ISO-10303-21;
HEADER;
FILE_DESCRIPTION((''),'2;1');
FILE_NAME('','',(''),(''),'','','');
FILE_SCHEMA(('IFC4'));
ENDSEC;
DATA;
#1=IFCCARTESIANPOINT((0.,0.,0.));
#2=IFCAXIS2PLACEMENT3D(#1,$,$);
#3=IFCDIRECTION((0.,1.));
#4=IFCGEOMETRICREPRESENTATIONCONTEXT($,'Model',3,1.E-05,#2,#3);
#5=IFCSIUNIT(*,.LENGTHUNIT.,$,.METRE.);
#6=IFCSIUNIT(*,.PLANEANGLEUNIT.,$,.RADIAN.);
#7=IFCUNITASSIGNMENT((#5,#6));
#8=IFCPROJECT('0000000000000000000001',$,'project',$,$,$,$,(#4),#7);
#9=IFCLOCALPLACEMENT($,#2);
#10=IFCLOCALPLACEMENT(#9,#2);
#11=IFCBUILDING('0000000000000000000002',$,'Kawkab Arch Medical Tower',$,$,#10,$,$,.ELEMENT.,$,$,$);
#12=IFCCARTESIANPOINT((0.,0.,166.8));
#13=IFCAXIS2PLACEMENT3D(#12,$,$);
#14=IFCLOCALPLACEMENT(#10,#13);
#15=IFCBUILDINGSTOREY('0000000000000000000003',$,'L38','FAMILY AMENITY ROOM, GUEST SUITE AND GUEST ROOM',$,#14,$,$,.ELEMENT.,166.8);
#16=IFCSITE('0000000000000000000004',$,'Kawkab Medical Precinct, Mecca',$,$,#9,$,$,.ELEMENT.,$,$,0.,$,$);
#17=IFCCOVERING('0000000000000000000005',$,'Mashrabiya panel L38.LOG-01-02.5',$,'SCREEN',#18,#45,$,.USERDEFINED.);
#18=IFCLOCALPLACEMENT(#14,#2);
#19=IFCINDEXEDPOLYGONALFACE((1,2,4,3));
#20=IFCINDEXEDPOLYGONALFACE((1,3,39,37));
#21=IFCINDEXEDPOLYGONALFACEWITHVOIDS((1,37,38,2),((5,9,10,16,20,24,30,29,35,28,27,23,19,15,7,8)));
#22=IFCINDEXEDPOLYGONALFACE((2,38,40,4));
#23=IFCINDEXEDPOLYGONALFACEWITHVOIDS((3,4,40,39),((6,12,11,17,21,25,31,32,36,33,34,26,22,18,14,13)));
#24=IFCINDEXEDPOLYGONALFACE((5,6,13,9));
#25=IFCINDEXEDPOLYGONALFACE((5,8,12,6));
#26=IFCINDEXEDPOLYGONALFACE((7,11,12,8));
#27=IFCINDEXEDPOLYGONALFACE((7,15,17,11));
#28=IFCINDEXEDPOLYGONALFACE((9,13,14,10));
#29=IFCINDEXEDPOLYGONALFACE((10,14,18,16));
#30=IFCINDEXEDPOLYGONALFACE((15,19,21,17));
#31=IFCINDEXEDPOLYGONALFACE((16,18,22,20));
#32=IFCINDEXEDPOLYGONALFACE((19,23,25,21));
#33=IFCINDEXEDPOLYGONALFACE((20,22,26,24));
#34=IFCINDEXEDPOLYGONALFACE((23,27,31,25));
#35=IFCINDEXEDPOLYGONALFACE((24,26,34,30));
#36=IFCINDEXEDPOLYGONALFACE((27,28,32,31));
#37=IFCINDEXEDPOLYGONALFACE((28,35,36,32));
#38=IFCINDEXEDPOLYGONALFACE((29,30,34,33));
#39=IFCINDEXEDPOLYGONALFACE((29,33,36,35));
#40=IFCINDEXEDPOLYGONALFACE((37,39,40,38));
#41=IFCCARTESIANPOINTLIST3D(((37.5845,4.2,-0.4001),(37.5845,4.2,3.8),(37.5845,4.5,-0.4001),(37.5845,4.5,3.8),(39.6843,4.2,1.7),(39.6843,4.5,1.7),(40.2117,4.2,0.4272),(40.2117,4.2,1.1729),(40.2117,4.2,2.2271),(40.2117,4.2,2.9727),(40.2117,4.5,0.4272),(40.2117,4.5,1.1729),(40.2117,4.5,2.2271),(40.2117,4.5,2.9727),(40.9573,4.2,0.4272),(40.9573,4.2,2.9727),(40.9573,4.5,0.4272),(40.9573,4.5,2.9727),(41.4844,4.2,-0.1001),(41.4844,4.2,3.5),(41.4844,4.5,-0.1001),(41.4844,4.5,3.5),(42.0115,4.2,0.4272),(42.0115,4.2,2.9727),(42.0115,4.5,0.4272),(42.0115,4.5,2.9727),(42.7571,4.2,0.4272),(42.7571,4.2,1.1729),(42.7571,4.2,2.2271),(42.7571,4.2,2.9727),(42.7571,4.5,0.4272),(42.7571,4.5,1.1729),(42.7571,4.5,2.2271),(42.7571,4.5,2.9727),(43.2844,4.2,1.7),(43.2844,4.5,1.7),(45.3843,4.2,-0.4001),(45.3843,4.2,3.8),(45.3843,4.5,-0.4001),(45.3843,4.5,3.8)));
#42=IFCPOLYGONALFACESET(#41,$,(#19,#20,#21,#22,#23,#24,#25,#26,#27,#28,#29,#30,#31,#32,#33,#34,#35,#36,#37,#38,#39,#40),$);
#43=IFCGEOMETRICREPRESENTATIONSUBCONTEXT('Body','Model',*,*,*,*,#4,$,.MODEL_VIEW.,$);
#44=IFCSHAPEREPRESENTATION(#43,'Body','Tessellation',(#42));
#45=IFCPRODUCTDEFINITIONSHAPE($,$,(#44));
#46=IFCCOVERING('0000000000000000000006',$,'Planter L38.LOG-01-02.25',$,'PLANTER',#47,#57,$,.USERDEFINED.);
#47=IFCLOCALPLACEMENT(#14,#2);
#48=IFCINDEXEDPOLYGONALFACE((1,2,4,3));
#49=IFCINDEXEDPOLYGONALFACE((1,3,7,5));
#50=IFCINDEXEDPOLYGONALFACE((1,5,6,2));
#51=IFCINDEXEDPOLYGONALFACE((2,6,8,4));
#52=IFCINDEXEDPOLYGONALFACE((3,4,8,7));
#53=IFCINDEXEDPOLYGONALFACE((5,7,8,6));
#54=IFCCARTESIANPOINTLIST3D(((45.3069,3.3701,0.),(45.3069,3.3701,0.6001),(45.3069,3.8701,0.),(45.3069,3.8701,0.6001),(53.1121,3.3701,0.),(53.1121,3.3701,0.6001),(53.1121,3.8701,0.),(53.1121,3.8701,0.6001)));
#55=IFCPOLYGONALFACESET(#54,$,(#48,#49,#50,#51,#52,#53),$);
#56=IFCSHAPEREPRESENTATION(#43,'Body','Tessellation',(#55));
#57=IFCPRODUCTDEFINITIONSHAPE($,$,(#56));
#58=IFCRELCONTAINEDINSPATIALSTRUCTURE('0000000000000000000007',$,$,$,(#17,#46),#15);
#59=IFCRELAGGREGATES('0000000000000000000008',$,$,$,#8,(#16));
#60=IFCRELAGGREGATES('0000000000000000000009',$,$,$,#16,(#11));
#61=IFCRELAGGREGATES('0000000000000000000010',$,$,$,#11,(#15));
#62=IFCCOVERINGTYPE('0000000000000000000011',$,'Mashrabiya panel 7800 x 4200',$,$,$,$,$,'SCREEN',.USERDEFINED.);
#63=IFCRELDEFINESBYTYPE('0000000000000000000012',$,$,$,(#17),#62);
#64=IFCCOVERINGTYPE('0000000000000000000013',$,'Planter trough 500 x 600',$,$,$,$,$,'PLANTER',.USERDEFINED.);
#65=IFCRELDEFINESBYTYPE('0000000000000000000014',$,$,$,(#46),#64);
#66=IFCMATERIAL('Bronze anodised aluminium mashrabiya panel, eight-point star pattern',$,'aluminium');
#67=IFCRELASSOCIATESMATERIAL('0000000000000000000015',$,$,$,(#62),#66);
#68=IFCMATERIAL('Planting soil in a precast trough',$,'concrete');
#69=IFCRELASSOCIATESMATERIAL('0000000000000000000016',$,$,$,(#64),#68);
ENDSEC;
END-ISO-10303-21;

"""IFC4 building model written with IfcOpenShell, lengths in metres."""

from ifc_helpers import new_model, si_unit, direction, frame, origin, origin_2d, place, context, subcontext, project, spatial, polyline, rectangle, outline, extrude, material, material_profile, profile_set, type_object, element, save


model = new_model("IFC4")

# Units and contexts
model_context = context("Model", 3, precision=1e-05, world=origin(), true_north=direction((0.0, 1.0)))
body_context = subcontext(model_context, "Body", "Model", "MODEL_VIEW")
ifc_project = project(units=[si_unit("LENGTHUNIT", "METRE"), si_unit("PLANEANGLEUNIT", "RADIAN")], contexts=[model_context])

# Site, building, storey
site_placement = place(None, origin())
site = spatial("IfcSite", under=ifc_project, at=site_placement, Name="Kawkab Medical Precinct, Mecca", CompositionType="ELEMENT", RefElevation=0.0)
building_placement = place(site_placement, origin())
building = spatial("IfcBuilding", under=site, at=building_placement, Name="Kawkab Arch Medical Tower", CompositionType="ELEMENT")
storey_placement = place(building_placement, frame((0.0, 0.0, 166.8)))
storey = spatial("IfcBuildingStorey", under=building, at=storey_placement, Name="L38", Description="FAMILY AMENITY ROOM, GUEST SUITE AND GUEST ROOM", CompositionType="ELEMENT", Elevation=166.8)

# Coverings
ifc_material_1 = material(Name="Bronze anodised aluminium mashrabiya panel, eight-point star pattern", Category="aluminium")
ifc_material_profile_1 = material_profile(ifc_material_1, outline(polyline([(-3.8999, -2.1001), (3.8999, -2.1001), (3.8999, 2.1001), (-3.8999, 2.1001), (-3.8999, -2.1001)]), holes=[polyline([(1.8, 0.0), (1.2727, 0.5271), (1.2727, 1.2727), (0.5271, 1.2727), (0.0, 1.8), (-0.5271, 1.2727), (-1.2727, 1.2727), (-1.2727, 0.5271), (-1.8, 0.0), (-1.2727, -0.5271), (-1.2727, -1.2727), (-0.5271, -1.2727), (0.0, -1.8), (0.5271, -1.2727), (1.2727, -1.2727), (1.2727, -0.5271), (1.8, 0.0)])]), Name="Mashrabiya panel 7800x4200")
ifc_profile_set_1 = profile_set([ifc_material_profile_1], Name="Bronze anodised aluminium mashrabiya panel, eight-point star pattern")
covering_type_1 = type_object("IfcCoveringType", Name="Mashrabiya panel 7800 x 4200", ElementType="SCREEN", PredefinedType="USERDEFINED", material=ifc_profile_set_1)
covering_1_placement = place(storey_placement, frame((41.4844, 4.2, 1.7), z_axis=(0.0, 1.0, 0.0), x_axis=(-1.0, 0.0, 0.0)))
element("IfcCovering", 1, at=covering_1_placement, inside=storey, type_object=covering_type_1, Name="Mashrabiya panel L38.LOG-01-02.5", ObjectType="SCREEN", PredefinedType="USERDEFINED", context=body_context, shape_type="SweptSolid", body=[
    extrude(outline(polyline([(-3.8999, -2.1001), (3.8999, -2.1001), (3.8999, 2.1001), (-3.8999, 2.1001), (-3.8999, -2.1001)]), holes=[polyline([(1.8, 0.0), (1.2727, 0.5271), (1.2727, 1.2727), (0.5271, 1.2727), (0.0, 1.8), (-0.5271, 1.2727), (-1.2727, 1.2727), (-1.2727, 0.5271), (-1.8, 0.0), (-1.2727, -0.5271), (-1.2727, -1.2727), (-0.5271, -1.2727), (0.0, -1.8), (0.5271, -1.2727), (1.2727, -1.2727), (1.2727, -0.5271), (1.8, 0.0)])]), origin(), (0.0, 0.0, 1.0), 0.3),
])
ifc_material_2 = material(Name="Planting soil in a precast trough", Category="concrete")
ifc_material_profile_2 = material_profile(ifc_material_2, rectangle(XDim=0.5, YDim=0.6001, at=origin_2d()), Name="Trough 500x600")
ifc_profile_set_2 = profile_set([ifc_material_profile_2], Name="Planting soil in a precast trough")
covering_type_2 = type_object("IfcCoveringType", Name="Planter trough 500 x 600", ElementType="PLANTER", PredefinedType="USERDEFINED", material=ifc_profile_set_2)
covering_2_placement = place(storey_placement, frame((45.3069, 3.6201, 0.3), z_axis=(1.0, 0.0, 0.0), x_axis=(0.0, 1.0, 0.0)))
element("IfcCovering", 2, at=covering_2_placement, inside=storey, type_object=covering_type_2, Name="Planter L38.LOG-01-02.25", ObjectType="PLANTER", PredefinedType="USERDEFINED", context=body_context, shape_type="SweptSolid", body=[
    extrude(rectangle(XDim=0.5, YDim=0.6001, at=origin_2d()), origin(), (0.0, 0.0, 1.0), 7.8052),
])

save(model, "model.ifc")
